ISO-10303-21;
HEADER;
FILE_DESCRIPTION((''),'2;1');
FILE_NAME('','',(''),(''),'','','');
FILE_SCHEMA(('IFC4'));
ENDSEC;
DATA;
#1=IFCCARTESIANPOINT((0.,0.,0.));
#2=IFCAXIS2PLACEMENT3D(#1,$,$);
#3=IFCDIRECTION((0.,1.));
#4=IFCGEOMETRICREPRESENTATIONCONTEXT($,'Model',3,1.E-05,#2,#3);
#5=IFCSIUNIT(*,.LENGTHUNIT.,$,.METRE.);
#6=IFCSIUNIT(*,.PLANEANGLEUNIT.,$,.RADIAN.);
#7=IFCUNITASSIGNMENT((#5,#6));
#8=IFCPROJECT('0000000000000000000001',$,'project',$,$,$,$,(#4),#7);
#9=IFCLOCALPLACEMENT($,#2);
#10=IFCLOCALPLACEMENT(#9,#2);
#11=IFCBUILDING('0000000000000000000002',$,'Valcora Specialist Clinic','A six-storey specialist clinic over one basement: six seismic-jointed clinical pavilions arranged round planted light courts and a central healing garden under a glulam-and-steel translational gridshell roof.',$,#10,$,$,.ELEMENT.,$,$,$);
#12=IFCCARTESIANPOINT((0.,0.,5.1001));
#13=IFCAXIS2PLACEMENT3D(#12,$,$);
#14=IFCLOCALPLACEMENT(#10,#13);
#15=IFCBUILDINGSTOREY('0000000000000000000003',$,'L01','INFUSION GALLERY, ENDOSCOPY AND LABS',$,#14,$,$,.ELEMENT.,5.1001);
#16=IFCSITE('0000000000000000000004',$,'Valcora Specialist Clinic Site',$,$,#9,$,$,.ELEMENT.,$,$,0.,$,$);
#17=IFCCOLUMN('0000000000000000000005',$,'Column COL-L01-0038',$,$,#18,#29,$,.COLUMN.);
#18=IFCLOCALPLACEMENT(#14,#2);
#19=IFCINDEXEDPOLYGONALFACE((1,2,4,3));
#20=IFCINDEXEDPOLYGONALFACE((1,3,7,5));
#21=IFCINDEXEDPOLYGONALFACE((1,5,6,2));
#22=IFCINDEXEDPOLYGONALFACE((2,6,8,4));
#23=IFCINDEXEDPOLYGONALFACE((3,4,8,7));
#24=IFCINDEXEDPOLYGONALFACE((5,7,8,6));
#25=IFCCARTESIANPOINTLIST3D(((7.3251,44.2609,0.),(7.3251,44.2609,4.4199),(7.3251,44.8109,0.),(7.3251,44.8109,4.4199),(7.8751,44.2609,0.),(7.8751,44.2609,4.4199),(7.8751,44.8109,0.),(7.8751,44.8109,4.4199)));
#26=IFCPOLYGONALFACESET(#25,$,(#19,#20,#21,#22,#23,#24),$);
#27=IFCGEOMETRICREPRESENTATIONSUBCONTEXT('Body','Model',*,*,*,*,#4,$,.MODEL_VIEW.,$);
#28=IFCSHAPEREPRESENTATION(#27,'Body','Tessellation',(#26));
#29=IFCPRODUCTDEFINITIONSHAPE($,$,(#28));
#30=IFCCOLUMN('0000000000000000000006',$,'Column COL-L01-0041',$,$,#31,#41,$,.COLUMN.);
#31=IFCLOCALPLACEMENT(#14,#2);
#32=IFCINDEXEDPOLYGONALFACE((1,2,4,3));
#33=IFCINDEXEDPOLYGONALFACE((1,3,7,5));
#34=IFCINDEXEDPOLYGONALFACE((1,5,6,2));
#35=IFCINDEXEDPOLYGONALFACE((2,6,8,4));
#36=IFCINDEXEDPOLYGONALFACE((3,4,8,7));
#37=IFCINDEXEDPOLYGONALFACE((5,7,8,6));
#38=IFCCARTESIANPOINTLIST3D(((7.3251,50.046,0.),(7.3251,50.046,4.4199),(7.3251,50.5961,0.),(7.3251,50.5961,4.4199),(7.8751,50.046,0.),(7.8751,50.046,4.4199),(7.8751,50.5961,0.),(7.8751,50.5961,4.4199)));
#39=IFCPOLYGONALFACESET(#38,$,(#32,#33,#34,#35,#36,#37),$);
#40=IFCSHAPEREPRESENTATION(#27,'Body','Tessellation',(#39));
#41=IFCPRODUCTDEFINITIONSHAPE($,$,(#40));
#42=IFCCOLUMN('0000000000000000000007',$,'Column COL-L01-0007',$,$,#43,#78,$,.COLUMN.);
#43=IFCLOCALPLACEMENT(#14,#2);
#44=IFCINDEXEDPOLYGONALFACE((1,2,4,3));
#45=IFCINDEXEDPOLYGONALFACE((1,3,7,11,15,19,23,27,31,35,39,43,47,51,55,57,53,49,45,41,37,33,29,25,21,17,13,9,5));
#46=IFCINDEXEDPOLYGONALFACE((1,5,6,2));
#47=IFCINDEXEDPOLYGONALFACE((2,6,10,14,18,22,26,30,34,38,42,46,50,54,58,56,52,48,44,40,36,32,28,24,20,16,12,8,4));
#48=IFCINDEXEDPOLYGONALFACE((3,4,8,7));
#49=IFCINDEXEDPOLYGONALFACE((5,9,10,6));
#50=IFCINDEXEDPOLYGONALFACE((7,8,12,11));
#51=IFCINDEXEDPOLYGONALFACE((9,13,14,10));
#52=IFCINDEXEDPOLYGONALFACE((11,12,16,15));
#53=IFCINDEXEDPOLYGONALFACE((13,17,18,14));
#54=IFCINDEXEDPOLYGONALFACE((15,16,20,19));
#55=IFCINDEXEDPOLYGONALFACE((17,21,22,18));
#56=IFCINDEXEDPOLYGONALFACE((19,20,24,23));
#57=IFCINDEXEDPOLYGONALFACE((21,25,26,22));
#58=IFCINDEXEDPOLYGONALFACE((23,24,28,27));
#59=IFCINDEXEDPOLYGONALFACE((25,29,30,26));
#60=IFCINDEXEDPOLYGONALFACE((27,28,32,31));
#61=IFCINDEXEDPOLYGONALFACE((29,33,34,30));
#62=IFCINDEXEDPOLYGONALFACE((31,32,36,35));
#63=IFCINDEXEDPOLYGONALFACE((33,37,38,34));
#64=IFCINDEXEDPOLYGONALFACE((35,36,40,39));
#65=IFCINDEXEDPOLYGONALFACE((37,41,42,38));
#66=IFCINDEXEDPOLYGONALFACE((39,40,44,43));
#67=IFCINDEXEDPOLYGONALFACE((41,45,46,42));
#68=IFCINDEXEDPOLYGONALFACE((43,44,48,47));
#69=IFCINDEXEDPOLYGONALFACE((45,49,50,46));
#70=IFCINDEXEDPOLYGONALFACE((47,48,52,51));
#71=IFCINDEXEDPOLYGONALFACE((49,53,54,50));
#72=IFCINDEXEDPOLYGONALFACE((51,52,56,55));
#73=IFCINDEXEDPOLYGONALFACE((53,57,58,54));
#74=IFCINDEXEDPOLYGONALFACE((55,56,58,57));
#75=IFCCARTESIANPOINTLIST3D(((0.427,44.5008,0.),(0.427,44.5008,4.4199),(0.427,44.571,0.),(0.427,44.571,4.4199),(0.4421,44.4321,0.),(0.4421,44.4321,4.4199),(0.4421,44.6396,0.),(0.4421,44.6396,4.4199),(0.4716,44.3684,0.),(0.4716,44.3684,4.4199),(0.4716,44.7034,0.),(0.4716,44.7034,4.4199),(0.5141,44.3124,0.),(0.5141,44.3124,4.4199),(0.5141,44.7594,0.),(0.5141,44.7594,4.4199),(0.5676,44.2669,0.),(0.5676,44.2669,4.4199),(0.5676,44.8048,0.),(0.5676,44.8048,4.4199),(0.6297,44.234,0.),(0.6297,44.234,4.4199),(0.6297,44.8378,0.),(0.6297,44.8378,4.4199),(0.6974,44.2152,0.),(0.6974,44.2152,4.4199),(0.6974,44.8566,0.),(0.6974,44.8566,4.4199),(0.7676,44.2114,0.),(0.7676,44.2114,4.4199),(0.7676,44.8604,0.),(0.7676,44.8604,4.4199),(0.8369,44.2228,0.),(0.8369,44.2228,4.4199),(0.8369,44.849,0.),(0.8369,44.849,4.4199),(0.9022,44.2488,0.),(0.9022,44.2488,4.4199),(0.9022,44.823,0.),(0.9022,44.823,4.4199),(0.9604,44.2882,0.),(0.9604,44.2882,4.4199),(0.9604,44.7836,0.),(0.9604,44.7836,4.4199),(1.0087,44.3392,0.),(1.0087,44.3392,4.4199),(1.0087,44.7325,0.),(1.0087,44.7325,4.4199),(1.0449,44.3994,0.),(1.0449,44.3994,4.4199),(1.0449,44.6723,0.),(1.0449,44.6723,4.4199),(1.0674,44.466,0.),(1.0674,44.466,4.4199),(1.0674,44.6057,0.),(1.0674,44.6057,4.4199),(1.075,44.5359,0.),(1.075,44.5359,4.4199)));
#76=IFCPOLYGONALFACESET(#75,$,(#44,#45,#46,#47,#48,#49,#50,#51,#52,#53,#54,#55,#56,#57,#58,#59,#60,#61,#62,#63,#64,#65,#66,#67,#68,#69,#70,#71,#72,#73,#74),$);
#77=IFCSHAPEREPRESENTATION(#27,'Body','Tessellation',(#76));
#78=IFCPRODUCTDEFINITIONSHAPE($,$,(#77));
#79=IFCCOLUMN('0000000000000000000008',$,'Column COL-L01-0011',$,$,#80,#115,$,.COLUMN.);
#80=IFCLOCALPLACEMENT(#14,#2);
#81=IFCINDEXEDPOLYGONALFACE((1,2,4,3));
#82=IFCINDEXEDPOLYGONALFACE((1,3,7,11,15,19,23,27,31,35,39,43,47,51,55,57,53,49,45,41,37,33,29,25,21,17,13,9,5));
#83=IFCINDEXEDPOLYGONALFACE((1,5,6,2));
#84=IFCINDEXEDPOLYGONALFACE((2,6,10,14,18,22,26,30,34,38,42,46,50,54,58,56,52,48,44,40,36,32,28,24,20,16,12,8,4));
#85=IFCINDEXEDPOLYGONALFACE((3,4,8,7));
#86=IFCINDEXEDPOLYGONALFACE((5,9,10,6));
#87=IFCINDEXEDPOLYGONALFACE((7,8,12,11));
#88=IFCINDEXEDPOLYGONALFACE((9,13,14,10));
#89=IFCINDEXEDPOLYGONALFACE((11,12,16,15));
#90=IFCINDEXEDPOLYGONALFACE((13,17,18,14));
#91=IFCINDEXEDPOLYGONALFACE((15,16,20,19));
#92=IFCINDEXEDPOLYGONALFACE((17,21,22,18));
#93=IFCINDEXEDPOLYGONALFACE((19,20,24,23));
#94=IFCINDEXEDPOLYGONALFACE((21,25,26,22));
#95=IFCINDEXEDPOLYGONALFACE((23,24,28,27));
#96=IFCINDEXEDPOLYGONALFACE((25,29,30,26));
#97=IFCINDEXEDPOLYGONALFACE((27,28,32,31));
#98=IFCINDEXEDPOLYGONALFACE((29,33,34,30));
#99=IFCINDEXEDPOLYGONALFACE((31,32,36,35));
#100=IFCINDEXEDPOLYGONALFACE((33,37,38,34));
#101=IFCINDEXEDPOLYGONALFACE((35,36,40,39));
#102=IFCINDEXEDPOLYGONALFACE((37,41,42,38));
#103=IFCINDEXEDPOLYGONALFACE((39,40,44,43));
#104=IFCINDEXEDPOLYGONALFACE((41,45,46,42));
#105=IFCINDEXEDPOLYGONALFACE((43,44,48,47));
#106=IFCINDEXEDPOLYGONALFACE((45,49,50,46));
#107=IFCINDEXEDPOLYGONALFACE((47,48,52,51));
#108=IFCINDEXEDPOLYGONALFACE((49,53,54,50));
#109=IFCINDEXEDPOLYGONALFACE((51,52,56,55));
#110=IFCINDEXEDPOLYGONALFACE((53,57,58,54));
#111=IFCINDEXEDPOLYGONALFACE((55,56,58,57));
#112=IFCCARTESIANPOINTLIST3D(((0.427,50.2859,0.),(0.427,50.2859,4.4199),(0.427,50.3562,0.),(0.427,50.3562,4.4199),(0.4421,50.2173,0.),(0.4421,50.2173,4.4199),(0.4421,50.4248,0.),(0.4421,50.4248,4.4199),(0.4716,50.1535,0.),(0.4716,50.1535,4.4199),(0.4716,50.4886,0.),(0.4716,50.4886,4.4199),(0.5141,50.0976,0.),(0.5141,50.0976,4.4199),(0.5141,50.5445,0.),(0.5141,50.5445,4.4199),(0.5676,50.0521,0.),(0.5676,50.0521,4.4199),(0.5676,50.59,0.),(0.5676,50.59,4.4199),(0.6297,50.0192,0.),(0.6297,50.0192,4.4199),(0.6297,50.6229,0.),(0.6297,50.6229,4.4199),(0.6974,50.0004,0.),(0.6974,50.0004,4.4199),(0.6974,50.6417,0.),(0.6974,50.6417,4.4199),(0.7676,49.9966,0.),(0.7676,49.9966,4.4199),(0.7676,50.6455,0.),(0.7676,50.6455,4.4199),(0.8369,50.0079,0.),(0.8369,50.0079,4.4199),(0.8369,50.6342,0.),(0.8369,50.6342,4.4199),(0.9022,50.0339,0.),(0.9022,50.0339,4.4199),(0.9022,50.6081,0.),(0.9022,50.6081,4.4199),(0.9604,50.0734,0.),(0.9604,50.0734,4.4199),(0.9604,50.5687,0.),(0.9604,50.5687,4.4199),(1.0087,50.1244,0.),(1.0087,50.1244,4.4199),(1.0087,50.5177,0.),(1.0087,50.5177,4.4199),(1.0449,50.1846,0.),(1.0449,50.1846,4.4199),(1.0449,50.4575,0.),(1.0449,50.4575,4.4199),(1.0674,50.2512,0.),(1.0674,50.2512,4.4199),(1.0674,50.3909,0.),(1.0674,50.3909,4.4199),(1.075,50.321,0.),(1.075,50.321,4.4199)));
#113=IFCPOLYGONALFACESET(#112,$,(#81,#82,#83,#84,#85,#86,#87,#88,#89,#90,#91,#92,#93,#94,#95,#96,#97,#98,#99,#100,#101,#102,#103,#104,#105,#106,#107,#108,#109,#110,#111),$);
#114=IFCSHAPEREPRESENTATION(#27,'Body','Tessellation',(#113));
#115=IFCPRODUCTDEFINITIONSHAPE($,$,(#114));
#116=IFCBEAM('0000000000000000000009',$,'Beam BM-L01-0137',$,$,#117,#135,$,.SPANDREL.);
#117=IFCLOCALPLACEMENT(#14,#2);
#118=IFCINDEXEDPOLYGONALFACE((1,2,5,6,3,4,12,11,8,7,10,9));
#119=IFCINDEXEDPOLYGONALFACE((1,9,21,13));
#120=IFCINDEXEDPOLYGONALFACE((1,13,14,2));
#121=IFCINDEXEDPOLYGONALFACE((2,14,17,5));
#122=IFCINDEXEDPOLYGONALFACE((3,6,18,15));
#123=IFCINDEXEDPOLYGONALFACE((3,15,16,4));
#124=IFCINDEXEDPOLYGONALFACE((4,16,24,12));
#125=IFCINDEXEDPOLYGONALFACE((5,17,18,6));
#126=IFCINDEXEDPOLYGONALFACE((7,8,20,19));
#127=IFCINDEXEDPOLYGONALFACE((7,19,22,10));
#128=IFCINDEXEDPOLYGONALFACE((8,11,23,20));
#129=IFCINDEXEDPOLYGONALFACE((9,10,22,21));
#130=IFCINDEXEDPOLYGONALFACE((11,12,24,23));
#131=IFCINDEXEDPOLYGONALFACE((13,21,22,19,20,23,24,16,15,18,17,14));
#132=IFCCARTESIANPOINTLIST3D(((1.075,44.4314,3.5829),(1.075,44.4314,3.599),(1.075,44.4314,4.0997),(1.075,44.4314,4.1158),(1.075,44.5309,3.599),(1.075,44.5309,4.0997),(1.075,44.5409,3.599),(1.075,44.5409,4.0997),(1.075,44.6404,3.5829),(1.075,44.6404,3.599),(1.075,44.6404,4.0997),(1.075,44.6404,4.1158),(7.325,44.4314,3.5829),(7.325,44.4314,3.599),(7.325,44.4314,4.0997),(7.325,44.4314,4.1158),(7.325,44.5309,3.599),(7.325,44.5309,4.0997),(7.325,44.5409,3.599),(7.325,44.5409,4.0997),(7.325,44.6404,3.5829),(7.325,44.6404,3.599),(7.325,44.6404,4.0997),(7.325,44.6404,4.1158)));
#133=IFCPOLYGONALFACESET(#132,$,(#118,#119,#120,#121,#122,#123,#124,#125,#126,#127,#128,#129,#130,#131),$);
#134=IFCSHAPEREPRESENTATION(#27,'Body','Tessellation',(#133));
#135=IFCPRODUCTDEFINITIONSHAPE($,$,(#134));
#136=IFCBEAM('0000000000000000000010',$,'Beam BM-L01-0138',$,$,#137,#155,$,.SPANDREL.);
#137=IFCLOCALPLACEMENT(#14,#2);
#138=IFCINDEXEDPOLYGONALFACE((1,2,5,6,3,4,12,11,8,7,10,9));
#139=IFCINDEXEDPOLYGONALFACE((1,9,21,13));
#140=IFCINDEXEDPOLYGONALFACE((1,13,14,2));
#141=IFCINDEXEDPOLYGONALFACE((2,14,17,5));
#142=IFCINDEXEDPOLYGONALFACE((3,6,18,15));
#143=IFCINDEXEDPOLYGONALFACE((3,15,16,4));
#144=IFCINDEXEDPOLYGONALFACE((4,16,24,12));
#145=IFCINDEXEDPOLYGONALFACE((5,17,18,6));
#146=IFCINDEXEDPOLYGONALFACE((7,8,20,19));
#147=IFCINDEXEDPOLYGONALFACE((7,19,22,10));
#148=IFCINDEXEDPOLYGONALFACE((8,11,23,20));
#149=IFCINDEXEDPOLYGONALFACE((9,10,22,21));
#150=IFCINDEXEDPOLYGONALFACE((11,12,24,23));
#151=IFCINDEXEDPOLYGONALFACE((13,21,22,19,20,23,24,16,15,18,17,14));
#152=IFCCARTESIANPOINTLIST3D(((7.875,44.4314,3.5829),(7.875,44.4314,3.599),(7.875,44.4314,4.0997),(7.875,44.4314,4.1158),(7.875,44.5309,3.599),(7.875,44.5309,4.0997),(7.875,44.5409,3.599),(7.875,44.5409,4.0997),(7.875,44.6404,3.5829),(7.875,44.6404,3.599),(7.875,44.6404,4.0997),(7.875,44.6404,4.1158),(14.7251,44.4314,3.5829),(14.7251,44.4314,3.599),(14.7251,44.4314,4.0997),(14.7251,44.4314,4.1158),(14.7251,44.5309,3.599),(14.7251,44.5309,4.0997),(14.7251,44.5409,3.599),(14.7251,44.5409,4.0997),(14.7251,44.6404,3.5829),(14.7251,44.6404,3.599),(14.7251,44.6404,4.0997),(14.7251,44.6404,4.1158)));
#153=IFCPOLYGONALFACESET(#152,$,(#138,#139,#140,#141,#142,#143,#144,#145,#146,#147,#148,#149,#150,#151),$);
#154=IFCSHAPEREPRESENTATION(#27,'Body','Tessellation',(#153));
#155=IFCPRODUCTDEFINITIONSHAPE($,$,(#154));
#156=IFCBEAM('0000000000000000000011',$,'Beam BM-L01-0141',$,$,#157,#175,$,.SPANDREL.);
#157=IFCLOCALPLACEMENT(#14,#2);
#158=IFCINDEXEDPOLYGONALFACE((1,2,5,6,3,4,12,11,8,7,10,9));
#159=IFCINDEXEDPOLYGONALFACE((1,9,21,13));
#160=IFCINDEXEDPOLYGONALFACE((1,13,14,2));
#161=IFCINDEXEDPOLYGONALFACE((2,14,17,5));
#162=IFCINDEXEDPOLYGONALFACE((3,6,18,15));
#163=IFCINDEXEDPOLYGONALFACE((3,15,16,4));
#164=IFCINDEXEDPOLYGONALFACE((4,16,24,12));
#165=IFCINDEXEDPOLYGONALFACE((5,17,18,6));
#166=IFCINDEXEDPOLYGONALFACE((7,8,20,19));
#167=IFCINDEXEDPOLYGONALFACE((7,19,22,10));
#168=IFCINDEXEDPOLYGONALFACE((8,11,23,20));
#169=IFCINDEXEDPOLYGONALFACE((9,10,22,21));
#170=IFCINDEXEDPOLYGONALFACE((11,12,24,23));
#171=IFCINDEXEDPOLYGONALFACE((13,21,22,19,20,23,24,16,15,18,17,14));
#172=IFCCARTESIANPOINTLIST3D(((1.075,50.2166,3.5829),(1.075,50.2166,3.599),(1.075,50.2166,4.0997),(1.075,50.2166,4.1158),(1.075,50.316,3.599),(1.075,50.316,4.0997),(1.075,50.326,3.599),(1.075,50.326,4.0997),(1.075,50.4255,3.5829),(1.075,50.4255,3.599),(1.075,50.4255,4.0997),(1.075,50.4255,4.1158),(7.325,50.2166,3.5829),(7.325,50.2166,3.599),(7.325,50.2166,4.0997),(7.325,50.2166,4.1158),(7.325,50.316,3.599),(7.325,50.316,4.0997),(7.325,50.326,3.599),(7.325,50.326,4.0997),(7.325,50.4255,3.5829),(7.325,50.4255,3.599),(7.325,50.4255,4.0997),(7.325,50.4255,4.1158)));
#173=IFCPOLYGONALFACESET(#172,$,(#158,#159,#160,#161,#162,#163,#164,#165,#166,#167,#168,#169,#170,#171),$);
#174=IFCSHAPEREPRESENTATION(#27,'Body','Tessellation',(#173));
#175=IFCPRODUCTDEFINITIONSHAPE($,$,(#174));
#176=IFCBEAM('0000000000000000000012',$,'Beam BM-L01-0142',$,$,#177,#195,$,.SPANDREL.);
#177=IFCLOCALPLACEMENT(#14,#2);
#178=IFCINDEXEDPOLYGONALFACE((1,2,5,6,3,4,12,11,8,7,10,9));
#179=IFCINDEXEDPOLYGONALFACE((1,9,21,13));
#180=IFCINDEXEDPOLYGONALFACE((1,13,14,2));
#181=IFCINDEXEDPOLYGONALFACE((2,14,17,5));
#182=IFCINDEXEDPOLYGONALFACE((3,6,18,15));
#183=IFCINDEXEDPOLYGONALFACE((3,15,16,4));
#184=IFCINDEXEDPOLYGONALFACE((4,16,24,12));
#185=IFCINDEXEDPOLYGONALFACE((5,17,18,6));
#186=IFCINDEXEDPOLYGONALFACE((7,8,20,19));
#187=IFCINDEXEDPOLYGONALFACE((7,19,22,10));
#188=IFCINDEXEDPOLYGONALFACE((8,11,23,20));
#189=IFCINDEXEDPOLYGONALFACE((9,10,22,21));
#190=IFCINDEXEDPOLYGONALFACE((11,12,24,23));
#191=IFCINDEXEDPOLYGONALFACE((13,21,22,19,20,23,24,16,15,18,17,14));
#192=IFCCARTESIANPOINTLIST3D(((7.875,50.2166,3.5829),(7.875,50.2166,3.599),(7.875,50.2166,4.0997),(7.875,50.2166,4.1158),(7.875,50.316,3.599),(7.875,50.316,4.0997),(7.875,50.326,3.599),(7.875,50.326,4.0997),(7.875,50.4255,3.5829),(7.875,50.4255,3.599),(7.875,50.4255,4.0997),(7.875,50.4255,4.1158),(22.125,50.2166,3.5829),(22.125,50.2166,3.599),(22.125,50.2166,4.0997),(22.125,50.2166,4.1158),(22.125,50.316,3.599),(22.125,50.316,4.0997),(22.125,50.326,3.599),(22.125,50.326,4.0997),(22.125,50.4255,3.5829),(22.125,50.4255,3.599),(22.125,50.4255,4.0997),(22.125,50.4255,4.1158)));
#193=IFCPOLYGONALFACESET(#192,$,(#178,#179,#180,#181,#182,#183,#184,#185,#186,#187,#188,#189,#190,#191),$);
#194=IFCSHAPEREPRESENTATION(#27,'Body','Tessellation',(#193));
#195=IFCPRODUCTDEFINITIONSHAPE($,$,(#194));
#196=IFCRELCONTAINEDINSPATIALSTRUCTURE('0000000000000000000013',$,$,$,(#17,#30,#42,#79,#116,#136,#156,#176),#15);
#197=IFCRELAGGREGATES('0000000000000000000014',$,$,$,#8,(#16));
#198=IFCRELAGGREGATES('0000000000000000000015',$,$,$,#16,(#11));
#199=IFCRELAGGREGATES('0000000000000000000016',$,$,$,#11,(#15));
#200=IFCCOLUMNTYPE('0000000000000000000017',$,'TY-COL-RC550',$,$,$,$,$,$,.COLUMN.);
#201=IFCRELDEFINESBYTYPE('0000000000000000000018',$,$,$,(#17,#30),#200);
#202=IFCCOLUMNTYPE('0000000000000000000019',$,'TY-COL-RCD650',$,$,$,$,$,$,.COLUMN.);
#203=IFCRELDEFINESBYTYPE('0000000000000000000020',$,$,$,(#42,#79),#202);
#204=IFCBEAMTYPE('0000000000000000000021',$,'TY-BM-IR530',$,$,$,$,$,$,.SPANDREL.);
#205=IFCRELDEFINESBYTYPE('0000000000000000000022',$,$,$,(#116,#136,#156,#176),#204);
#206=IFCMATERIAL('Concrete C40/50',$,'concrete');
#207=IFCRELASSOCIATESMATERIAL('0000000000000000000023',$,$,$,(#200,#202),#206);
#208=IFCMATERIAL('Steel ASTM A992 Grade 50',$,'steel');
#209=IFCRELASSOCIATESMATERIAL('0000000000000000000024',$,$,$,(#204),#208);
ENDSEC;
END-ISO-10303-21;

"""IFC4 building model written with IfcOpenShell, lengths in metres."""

from ifc_helpers import new_model, si_unit, direction, frame, origin, origin_2d, place, context, subcontext, project, spatial, rectangle, circle, i_section, extrude, material, material_profile, profile_set, type_object, element, save


model = new_model("IFC4")

# Units and contexts
model_context = context("Model", 3, precision=1e-05, world=origin(), true_north=direction((0.0, 1.0)))
body_context = subcontext(model_context, "Body", "Model", "MODEL_VIEW")
ifc_project = project(units=[si_unit("LENGTHUNIT", "METRE"), si_unit("PLANEANGLEUNIT", "RADIAN")], contexts=[model_context])

# Site, building, storey
site_placement = place(None, origin())
site = spatial("IfcSite", under=ifc_project, at=site_placement, Name="Valcora Specialist Clinic Site", CompositionType="ELEMENT", RefElevation=0.0)
building_placement = place(site_placement, origin())
building = spatial("IfcBuilding", under=site, at=building_placement, Name="Valcora Specialist Clinic", Description="A six-storey specialist clinic over one basement: six seismic-jointed clinical pavilions arranged round planted light courts and a central healing garden under a glulam-and-steel translational gridshell roof.", CompositionType="ELEMENT")
storey_placement = place(building_placement, frame((0.0, 0.0, 5.1001)))
storey = spatial("IfcBuildingStorey", under=building, at=storey_placement, Name="L01", Description="INFUSION GALLERY, ENDOSCOPY AND LABS", CompositionType="ELEMENT", Elevation=5.1001)

# Columns
ifc_material_1 = material(Name="Concrete C40/50", Category="concrete")
ifc_material_profile_1 = material_profile(ifc_material_1, rectangle(XDim=0.55, YDim=0.55, at=origin_2d()), Name="RC-COL-550X550")
ifc_profile_set_1 = profile_set([ifc_material_profile_1], Name="Concrete C40/50")
column_type_1 = type_object("IfcColumnType", Name="TY-COL-RC550", PredefinedType="COLUMN", material=ifc_profile_set_1)
for number, where, z_axis, x_axis, name in (
    (1, (7.6001, 44.5359, 0.0), (0.0, 0.0, 1.0), (1.0, 0.0, 0.0), "Column COL-L01-0038"),
    (2, (7.6001, 50.321, 0.0), (0.0, 0.0, 1.0), (1.0, 0.0, 0.0), "Column COL-L01-0041"),
):
    element("IfcColumn", number, at=place(storey_placement, frame(where, z_axis=z_axis, x_axis=x_axis)), inside=storey, type_object=column_type_1, Name=name, PredefinedType="COLUMN", context=body_context, shape_type="SweptSolid", body=[
        extrude(rectangle(XDim=0.55, YDim=0.55, at=origin_2d()), origin(), (0.0, 0.0, 1.0), 4.4199),
    ])
ifc_material_profile_2 = material_profile(ifc_material_1, circle(Radius=0.325, at=origin_2d()), Name="RC-COL-D650")
ifc_profile_set_2 = profile_set([ifc_material_profile_2], Name="Concrete C40/50")
column_type_2 = type_object("IfcColumnType", Name="TY-COL-RCD650", PredefinedType="COLUMN", material=ifc_profile_set_2)
for number, where, z_axis, x_axis, name in (
    (3, (0.75, 44.5359, 0.0), (0.0, 0.0, 1.0), (1.0, 0.0, 0.0), "Column COL-L01-0007"),
    (4, (0.75, 50.321, 0.0), (0.0, 0.0, 1.0), (1.0, 0.0, 0.0), "Column COL-L01-0011"),
):
    element("IfcColumn", number, at=place(storey_placement, frame(where, z_axis=z_axis, x_axis=x_axis)), inside=storey, type_object=column_type_2, Name=name, PredefinedType="COLUMN", context=body_context, shape_type="SweptSolid", body=[
        extrude(circle(Radius=0.325, at=origin_2d()), origin(), (0.0, 0.0, 1.0), 4.4199),
    ])

# Beams
ifc_material_2 = material(Name="Steel ASTM A992 Grade 50", Category="steel")
ifc_material_profile_3 = material_profile(ifc_material_2, i_section(OverallWidth=0.209, OverallDepth=0.533, WebThickness=0.01, FlangeThickness=0.0161, at=origin_2d()), Name="ST-IR-530X210")
ifc_profile_set_3 = profile_set([ifc_material_profile_3], Name="Steel ASTM A992 Grade 50")
beam_type_1 = type_object("IfcBeamType", Name="TY-BM-IR530", PredefinedType="SPANDREL", material=ifc_profile_set_3)
beam_1_placement = place(storey_placement, frame((1.075, 44.5359, 3.8494), z_axis=(1.0, 0.0, 0.0), x_axis=(0.0, 1.0, 0.0)))
element("IfcBeam", 5, at=beam_1_placement, inside=storey, type_object=beam_type_1, Name="Beam BM-L01-0137", PredefinedType="SPANDREL", context=body_context, shape_type="SweptSolid", body=[
    extrude(i_section(OverallWidth=0.209, OverallDepth=0.533, WebThickness=0.01, FlangeThickness=0.0161, at=origin_2d()), origin(), (0.0, 0.0, 1.0), 6.25),
])
beam_2_placement = place(storey_placement, frame((7.875, 44.5359, 3.8494), z_axis=(1.0, 0.0, 0.0), x_axis=(0.0, 1.0, 0.0)))
element("IfcBeam", 6, at=beam_2_placement, inside=storey, type_object=beam_type_1, Name="Beam BM-L01-0138", PredefinedType="SPANDREL", context=body_context, shape_type="SweptSolid", body=[
    extrude(i_section(OverallWidth=0.209, OverallDepth=0.533, WebThickness=0.01, FlangeThickness=0.0161, at=origin_2d()), origin(), (0.0, 0.0, 1.0), 6.8501),
])
beam_3_placement = place(storey_placement, frame((1.075, 50.321, 3.8494), z_axis=(1.0, 0.0, 0.0), x_axis=(0.0, 1.0, 0.0)))
element("IfcBeam", 7, at=beam_3_placement, inside=storey, type_object=beam_type_1, Name="Beam BM-L01-0141", PredefinedType="SPANDREL", context=body_context, shape_type="SweptSolid", body=[
    extrude(i_section(OverallWidth=0.209, OverallDepth=0.533, WebThickness=0.01, FlangeThickness=0.0161, at=origin_2d()), origin(), (0.0, 0.0, 1.0), 6.25),
])
beam_4_placement = place(storey_placement, frame((7.875, 50.321, 3.8494), z_axis=(1.0, 0.0, 0.0), x_axis=(0.0, 1.0, 0.0)))
element("IfcBeam", 8, at=beam_4_placement, inside=storey, type_object=beam_type_1, Name="Beam BM-L01-0142", PredefinedType="SPANDREL", context=body_context, shape_type="SweptSolid", body=[
    extrude(i_section(OverallWidth=0.209, OverallDepth=0.533, WebThickness=0.01, FlangeThickness=0.0161, at=origin_2d()), origin(), (0.0, 0.0, 1.0), 14.25),
])

save(model, "model.ifc")
